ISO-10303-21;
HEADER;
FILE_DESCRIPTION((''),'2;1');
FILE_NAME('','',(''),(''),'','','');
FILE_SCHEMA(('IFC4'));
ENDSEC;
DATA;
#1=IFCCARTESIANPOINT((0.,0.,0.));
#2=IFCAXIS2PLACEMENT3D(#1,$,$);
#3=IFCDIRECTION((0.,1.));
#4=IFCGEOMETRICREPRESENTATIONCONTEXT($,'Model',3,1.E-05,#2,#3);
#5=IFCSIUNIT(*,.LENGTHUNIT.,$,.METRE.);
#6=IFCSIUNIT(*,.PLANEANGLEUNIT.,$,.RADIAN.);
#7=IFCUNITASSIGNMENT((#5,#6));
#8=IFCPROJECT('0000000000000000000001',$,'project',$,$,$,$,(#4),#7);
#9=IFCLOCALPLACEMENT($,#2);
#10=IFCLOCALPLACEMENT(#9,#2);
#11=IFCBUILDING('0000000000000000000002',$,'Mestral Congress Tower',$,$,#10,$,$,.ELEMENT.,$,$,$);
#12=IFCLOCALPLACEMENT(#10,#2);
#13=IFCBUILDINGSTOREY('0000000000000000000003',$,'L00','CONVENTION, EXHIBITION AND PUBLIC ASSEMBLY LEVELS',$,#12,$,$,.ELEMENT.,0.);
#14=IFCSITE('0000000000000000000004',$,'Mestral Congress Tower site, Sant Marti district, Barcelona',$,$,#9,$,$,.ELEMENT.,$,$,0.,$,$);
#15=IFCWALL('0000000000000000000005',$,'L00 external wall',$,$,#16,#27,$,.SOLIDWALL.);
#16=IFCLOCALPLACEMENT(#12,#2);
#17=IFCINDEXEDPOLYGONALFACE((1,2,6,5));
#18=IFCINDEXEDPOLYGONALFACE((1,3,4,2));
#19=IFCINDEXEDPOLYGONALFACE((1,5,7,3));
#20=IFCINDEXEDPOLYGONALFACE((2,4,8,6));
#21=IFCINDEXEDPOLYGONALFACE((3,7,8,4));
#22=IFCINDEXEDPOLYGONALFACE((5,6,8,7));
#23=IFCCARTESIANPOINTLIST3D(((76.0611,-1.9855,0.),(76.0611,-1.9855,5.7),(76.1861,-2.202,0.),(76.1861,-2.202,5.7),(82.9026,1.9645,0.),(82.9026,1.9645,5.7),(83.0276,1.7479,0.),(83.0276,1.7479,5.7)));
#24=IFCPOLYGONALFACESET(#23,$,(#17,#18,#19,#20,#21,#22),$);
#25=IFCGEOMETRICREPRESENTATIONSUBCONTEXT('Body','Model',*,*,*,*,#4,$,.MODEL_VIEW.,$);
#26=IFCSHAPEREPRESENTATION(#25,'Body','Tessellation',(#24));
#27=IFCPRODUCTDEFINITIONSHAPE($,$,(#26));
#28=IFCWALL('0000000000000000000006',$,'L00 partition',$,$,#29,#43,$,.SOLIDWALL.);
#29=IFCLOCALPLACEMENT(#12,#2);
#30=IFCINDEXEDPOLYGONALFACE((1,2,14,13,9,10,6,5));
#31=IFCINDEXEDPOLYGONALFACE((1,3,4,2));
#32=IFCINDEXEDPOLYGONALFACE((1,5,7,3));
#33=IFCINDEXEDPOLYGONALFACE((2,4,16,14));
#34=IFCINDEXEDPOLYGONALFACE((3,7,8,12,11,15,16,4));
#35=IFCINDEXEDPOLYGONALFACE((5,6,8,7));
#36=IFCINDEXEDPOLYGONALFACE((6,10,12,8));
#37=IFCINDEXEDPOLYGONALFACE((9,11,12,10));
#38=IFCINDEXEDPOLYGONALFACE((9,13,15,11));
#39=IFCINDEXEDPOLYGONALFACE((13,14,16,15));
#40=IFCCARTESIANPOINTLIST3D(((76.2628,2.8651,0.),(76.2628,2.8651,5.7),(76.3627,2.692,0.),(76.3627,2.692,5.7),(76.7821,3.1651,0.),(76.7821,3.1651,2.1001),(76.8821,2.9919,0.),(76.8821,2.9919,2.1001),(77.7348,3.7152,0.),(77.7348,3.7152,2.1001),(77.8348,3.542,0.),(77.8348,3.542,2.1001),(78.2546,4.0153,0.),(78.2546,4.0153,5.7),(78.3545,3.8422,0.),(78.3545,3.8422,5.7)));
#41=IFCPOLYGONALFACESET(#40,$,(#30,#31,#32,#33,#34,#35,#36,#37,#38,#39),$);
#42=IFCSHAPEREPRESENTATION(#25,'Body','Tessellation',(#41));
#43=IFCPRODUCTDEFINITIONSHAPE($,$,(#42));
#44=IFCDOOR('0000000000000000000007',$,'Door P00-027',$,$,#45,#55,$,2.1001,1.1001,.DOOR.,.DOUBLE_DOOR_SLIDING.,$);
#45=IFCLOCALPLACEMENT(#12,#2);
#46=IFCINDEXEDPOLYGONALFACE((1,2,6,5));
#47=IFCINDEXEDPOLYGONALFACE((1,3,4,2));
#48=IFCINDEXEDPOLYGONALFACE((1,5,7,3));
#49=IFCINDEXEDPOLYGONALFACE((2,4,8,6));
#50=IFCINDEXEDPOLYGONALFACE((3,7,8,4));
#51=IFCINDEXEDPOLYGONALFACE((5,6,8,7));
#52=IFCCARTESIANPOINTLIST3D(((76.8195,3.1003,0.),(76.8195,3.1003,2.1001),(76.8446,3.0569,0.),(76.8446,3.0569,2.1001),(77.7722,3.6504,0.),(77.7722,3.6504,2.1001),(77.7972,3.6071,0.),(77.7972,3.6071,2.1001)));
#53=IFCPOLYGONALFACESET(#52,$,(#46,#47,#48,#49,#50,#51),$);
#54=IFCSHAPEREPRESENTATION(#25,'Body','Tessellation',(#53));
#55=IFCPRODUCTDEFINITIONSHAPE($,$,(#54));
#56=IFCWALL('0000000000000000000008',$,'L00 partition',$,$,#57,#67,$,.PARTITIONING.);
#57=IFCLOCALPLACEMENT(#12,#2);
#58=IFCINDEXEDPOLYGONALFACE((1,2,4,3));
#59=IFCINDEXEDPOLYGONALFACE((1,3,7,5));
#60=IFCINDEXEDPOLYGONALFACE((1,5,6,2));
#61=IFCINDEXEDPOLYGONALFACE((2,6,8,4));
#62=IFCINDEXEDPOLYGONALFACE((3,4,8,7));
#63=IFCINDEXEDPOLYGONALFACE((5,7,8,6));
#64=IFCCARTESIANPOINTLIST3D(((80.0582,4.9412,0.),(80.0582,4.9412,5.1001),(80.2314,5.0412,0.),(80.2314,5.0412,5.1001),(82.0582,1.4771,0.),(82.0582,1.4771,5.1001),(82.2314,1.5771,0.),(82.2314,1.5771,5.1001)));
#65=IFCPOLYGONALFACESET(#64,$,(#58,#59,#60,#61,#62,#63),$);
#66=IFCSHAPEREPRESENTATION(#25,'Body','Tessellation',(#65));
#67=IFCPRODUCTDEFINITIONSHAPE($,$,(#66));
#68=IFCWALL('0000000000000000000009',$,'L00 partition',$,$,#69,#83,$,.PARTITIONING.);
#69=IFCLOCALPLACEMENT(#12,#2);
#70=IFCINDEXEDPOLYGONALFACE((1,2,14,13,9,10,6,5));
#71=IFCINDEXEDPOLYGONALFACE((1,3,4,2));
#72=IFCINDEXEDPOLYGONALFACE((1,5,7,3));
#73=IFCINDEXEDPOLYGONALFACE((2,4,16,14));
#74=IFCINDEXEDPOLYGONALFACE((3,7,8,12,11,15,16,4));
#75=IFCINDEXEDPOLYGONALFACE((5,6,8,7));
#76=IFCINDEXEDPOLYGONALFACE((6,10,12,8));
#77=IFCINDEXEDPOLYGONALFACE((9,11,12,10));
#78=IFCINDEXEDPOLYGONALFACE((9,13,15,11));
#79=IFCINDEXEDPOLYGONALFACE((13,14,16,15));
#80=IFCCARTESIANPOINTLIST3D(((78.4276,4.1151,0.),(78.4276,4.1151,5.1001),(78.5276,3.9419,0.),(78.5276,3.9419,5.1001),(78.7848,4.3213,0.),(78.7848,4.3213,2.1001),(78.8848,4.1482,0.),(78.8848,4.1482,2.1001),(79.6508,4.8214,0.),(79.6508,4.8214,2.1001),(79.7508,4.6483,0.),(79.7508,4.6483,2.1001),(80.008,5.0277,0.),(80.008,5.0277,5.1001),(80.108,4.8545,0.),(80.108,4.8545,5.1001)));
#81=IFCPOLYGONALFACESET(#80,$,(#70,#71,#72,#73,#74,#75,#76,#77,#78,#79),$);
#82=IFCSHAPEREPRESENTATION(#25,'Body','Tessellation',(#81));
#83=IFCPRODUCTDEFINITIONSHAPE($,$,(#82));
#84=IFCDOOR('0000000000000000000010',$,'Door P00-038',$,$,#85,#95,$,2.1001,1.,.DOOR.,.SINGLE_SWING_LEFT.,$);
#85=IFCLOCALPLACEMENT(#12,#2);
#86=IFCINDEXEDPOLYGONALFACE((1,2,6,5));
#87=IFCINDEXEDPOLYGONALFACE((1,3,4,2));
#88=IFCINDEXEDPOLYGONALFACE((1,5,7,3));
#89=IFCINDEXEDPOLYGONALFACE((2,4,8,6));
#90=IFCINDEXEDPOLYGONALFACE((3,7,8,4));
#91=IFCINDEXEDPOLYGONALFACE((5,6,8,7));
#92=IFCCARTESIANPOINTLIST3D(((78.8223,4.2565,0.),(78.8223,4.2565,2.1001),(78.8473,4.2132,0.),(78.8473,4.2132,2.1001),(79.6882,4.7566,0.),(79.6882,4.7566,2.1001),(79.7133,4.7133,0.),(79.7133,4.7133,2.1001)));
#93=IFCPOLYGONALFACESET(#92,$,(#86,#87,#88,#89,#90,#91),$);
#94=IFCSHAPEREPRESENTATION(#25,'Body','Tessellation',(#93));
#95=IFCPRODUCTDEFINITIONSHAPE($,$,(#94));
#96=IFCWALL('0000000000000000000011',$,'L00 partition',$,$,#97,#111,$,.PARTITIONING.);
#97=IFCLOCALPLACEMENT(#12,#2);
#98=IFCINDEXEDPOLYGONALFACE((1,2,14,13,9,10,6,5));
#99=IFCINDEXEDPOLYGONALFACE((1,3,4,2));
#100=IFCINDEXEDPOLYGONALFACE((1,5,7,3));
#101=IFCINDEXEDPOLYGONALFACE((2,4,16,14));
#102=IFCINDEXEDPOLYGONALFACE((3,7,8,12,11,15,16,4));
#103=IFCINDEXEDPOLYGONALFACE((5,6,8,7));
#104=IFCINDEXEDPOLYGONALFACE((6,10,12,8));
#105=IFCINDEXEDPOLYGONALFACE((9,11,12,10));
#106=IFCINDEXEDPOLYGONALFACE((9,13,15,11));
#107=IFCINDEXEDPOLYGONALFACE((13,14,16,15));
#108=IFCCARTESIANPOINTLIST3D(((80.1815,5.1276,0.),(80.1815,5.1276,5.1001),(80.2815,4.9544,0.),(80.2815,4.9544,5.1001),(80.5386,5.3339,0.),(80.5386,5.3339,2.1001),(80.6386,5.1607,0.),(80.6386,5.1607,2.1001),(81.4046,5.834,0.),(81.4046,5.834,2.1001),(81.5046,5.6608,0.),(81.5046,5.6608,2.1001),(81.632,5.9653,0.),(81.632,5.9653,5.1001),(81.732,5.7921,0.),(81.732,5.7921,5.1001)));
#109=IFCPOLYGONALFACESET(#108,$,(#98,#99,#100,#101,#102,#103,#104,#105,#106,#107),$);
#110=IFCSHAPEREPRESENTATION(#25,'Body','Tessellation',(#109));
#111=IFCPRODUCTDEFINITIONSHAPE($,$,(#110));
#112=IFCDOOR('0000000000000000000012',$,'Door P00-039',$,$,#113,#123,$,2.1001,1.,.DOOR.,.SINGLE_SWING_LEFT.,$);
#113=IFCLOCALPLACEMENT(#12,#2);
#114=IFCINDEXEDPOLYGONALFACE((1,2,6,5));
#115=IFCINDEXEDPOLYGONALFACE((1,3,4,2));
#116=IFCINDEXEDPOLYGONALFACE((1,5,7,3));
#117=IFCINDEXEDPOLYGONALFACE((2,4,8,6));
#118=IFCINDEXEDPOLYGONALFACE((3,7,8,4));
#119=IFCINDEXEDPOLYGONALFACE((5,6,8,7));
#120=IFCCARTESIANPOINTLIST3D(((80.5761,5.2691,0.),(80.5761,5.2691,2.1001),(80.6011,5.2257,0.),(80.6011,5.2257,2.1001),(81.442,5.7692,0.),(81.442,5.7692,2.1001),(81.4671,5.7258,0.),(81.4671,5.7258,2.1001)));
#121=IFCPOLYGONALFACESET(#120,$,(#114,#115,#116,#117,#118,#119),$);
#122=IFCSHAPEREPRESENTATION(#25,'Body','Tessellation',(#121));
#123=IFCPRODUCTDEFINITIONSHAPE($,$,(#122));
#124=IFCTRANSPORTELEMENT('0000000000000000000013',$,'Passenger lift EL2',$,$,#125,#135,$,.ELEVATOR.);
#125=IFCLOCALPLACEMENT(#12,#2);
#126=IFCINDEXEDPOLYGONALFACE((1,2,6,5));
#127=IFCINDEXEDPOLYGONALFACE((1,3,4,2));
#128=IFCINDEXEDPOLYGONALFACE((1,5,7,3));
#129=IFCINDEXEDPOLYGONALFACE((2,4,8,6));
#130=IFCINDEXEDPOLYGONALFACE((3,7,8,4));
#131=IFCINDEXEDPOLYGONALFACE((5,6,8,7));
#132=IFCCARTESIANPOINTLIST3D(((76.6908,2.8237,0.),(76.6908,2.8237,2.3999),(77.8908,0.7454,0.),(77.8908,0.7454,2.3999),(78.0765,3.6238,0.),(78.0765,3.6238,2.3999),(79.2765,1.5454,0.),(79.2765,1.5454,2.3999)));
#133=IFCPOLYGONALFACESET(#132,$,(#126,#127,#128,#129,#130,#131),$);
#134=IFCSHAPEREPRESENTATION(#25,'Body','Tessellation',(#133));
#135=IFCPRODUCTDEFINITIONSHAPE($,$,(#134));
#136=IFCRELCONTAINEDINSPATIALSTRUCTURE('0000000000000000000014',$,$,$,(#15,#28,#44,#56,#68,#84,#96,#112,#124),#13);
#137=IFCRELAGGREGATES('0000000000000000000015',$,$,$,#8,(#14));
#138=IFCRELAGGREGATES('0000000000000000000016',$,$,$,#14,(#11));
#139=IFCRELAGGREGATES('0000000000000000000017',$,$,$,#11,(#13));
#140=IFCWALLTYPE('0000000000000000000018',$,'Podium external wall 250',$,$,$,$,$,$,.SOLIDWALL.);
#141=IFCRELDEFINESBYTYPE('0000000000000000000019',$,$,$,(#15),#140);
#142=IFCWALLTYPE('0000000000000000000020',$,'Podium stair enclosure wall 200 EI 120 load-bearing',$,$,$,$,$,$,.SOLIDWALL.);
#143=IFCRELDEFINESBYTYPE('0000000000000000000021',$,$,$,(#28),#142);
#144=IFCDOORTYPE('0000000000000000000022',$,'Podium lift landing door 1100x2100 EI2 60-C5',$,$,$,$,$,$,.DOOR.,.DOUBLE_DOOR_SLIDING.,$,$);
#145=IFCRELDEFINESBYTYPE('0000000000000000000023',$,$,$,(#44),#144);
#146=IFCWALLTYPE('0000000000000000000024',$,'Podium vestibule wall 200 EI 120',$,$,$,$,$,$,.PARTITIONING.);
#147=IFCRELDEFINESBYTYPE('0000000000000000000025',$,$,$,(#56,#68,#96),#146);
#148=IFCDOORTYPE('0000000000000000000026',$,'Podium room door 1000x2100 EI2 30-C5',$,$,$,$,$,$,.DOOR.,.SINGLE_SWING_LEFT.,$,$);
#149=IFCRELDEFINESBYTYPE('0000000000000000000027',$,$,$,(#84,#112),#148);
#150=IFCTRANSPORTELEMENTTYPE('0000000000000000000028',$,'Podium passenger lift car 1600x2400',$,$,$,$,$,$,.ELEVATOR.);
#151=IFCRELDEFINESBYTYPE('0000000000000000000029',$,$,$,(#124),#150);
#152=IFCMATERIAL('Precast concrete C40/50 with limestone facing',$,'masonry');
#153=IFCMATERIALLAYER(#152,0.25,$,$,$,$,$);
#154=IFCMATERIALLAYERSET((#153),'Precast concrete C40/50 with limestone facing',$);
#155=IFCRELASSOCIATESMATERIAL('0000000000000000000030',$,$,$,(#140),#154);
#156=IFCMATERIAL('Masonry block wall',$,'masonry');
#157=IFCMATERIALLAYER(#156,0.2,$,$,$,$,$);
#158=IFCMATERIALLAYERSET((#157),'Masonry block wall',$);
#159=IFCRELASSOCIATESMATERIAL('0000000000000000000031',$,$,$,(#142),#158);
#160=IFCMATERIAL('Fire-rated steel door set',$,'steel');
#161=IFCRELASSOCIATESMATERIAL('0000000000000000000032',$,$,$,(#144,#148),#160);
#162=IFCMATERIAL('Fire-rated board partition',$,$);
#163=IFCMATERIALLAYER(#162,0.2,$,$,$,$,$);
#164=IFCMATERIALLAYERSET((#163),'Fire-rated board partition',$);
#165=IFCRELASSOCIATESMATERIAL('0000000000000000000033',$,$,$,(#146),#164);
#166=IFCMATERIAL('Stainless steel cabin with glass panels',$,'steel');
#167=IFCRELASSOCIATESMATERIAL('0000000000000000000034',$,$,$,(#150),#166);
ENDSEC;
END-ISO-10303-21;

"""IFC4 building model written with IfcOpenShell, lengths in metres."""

from ifc_helpers import new_model, si_unit, direction, frame, frame_2d, origin, origin_2d, place, context, subcontext, project, spatial, rectangle, extrude, material, layer, layer_set, type_object, element, fill, save


model = new_model("IFC4")

# Units and contexts
model_context = context("Model", 3, precision=1e-05, world=origin(), true_north=direction((0.0, 1.0)))
body_context = subcontext(model_context, "Body", "Model", "MODEL_VIEW")
ifc_project = project(units=[si_unit("LENGTHUNIT", "METRE"), si_unit("PLANEANGLEUNIT", "RADIAN")], contexts=[model_context])

# Site, building, storey
site_placement = place(None, origin())
site = spatial("IfcSite", under=ifc_project, at=site_placement, Name="Mestral Congress Tower site, Sant Marti district, Barcelona", CompositionType="ELEMENT", RefElevation=0.0)
building_placement = place(site_placement, origin())
building = spatial("IfcBuilding", under=site, at=building_placement, Name="Mestral Congress Tower", CompositionType="ELEMENT")
storey_placement = place(building_placement, origin())
storey = spatial("IfcBuildingStorey", under=building, at=storey_placement, Name="L00", Description="CONVENTION, EXHIBITION AND PUBLIC ASSEMBLY LEVELS", CompositionType="ELEMENT", Elevation=0.0)

# Shared definitions
ifc_material_1 = material(Name="Precast concrete C40/50 with limestone facing", Category="masonry")
ifc_layer_1 = layer(ifc_material_1, 0.25)
ifc_layer_set_1 = layer_set([ifc_layer_1], Name="Precast concrete C40/50 with limestone facing")
wall_type_1 = type_object("IfcWallType", Name="Podium external wall 250", PredefinedType="SOLIDWALL", material=ifc_layer_set_1)

# Shared definitions
ifc_material_2 = material(Name="Fire-rated steel door set", Category="steel")

# Wall
wall_1_placement = place(storey_placement, frame((82.9651, 1.8562, 0.0), z_axis=(0.0, 0.0, 1.0), x_axis=(-0.866027, -0.499998, 0.0)))
element("IfcWall", 1, at=wall_1_placement, inside=storey, type_object=wall_type_1, Name="L00 external wall", PredefinedType="SOLIDWALL", context=body_context, shape_type="SweptSolid", body=[
    extrude(rectangle(XDim=7.8999, YDim=0.25, at=frame_2d((3.95, 0.0))), origin(), (0.0, 0.0, 1.0), 5.7),
])

# Wall, opening, door
ifc_material_3 = material(Name="Masonry block wall", Category="masonry")
ifc_layer_2 = layer(ifc_material_3, 0.2)
ifc_layer_set_2 = layer_set([ifc_layer_2], Name="Masonry block wall")
wall_type_2 = type_object("IfcWallType", Name="Podium stair enclosure wall 200 EI 120 load-bearing", PredefinedType="SOLIDWALL", material=ifc_layer_set_2)
wall_2_placement = place(storey_placement, frame((78.3044, 3.9287, 0.0), z_axis=(0.0, 0.0, 1.0), x_axis=(-0.865981, -0.500078, 0.0)))
wall_2 = element("IfcWall", 2, at=wall_2_placement, inside=storey, type_object=wall_type_2, Name="L00 partition", PredefinedType="SOLIDWALL", context=body_context, shape_type="SweptSolid", body=[
    extrude(rectangle(XDim=2.3, YDim=0.2, at=frame_2d((1.1499, 0.0))), origin(), (0.0, 0.0, 1.0), 5.7),
])
opening_1_placement = place(wall_2_placement, frame((0.6001, 0.0, 0.0)))
opening_1 = element("IfcOpeningElement", 3, at=opening_1_placement, cuts=wall_2, PredefinedType="OPENING", context=body_context, shape_type="SweptSolid", body=[
    extrude(rectangle(XDim=1.1001, YDim=2.1001, at=frame_2d((0.55, 1.05))), frame((0.0, 0.1099, 0.0), z_axis=(0.0, -1.0, 0.0), x_axis=(1.0, 0.0, 0.0)), (0.0, 0.0, 1.0), 0.22),
])
door_type_1 = type_object("IfcDoorType", Name="Podium lift landing door 1100x2100 EI2 60-C5", OperationType="DOUBLE_DOOR_SLIDING", PredefinedType="DOOR", material=ifc_material_2)
door_1_placement = place(opening_1_placement, origin())
door_1 = element("IfcDoor", 4, at=door_1_placement, inside=storey, type_object=door_type_1, Name="Door P00-027", OperationType="DOUBLE_DOOR_SLIDING", OverallHeight=2.1001, OverallWidth=1.1001, PredefinedType="DOOR", context=body_context, shape_type="SweptSolid", body=[
    extrude(rectangle(XDim=1.1001, YDim=2.1001, at=frame_2d((0.55, 1.05))), frame((0.0, 0.0249, 0.0), z_axis=(0.0, -1.0, 0.0), x_axis=(1.0, 0.0, 0.0)), (0.0, 0.0, 1.0), 0.05),
])
fill(opening_1, door_1)

# Wall
ifc_material_4 = material(Name="Fire-rated board partition")
ifc_layer_3 = layer(ifc_material_4, 0.2)
ifc_layer_set_3 = layer_set([ifc_layer_3], Name="Fire-rated board partition")
wall_type_3 = type_object("IfcWallType", Name="Podium vestibule wall 200 EI 120", PredefinedType="PARTITIONING", material=ifc_layer_set_3)
wall_3_placement = place(storey_placement, frame((82.1448, 1.5271, 0.0), z_axis=(0.0, 0.0, 1.0), x_axis=(-0.499999, 0.866026, 0.0)))
element("IfcWall", 5, at=wall_3_placement, inside=storey, type_object=wall_type_3, Name="L00 partition", PredefinedType="PARTITIONING", context=body_context, shape_type="SweptSolid", body=[
    extrude(rectangle(XDim=4.0, YDim=0.2, at=frame_2d((2.0, 0.0))), origin(), (0.0, 0.0, 1.0), 5.1001),
])

# Walls, openings, doors
wall_4_placement = place(storey_placement, frame((80.0581, 4.9412, 0.0), z_axis=(0.0, 0.0, 1.0), x_axis=(-0.865978, -0.500081, 0.0)))
wall_4 = element("IfcWall", 6, at=wall_4_placement, inside=storey, type_object=wall_type_3, Name="L00 partition", PredefinedType="PARTITIONING", context=body_context, shape_type="SweptSolid", body=[
    extrude(rectangle(XDim=1.825, YDim=0.2, at=frame_2d((0.9126, 0.0))), origin(), (0.0, 0.0, 1.0), 5.1001),
])
opening_2_placement = place(wall_4_placement, frame((0.4126, 0.0, 0.0)))
opening_2 = element("IfcOpeningElement", 7, at=opening_2_placement, cuts=wall_4, PredefinedType="OPENING", context=body_context, shape_type="SweptSolid", body=[
    extrude(rectangle(XDim=1.0, YDim=2.1001, at=frame_2d((0.5, 1.05))), frame((0.0, 0.1099, 0.0), z_axis=(0.0, -1.0, 0.0), x_axis=(1.0, 0.0, 0.0)), (0.0, 0.0, 1.0), 0.22),
])
door_type_2 = type_object("IfcDoorType", Name="Podium room door 1000x2100 EI2 30-C5", OperationType="SINGLE_SWING_LEFT", PredefinedType="DOOR", material=ifc_material_2)
door_2_placement = place(opening_2_placement, origin())
door_2 = element("IfcDoor", 8, at=door_2_placement, inside=storey, type_object=door_type_2, Name="Door P00-038", OperationType="SINGLE_SWING_LEFT", OverallHeight=2.1001, OverallWidth=1.0, PredefinedType="DOOR", context=body_context, shape_type="SweptSolid", body=[
    extrude(rectangle(XDim=1.0, YDim=2.1001, at=frame_2d((0.5, 1.05))), frame((0.0, 0.0249, 0.0), z_axis=(0.0, -1.0, 0.0), x_axis=(1.0, 0.0, 0.0)), (0.0, 0.0, 1.0), 0.05),
])
fill(opening_2, door_2)
wall_5_placement = place(storey_placement, frame((81.6819, 5.8787, 0.0), z_axis=(0.0, 0.0, 1.0), x_axis=(-0.865965, -0.500105, 0.0)))
wall_5 = element("IfcWall", 9, at=wall_5_placement, inside=storey, type_object=wall_type_3, Name="L00 partition", PredefinedType="PARTITIONING", context=body_context, shape_type="SweptSolid", body=[
    extrude(rectangle(XDim=1.675, YDim=0.2, at=frame_2d((0.8374, 0.0))), origin(), (0.0, 0.0, 1.0), 5.1001),
])
opening_3_placement = place(wall_5_placement, frame((0.2625, 0.0, 0.0)))
opening_3 = element("IfcOpeningElement", 10, at=opening_3_placement, cuts=wall_5, PredefinedType="OPENING", context=body_context, shape_type="SweptSolid", body=[
    extrude(rectangle(XDim=1.0, YDim=2.1001, at=frame_2d((0.5, 1.05))), frame((0.0, 0.1099, 0.0), z_axis=(0.0, -1.0, 0.0), x_axis=(1.0, 0.0, 0.0)), (0.0, 0.0, 1.0), 0.22),
])
door_3_placement = place(opening_3_placement, origin())
door_3 = element("IfcDoor", 11, at=door_3_placement, inside=storey, type_object=door_type_2, Name="Door P00-039", OperationType="SINGLE_SWING_LEFT", OverallHeight=2.1001, OverallWidth=1.0, PredefinedType="DOOR", context=body_context, shape_type="SweptSolid", body=[
    extrude(rectangle(XDim=1.0, YDim=2.1001, at=frame_2d((0.5, 1.05))), frame((0.0, 0.0249, 0.0), z_axis=(0.0, -1.0, 0.0), x_axis=(1.0, 0.0, 0.0)), (0.0, 0.0, 1.0), 0.05),
])
fill(opening_3, door_3)

# Transport element
ifc_material_5 = material(Name="Stainless steel cabin with glass panels", Category="steel")
transport_element_type = type_object("IfcTransportElementType", Name="Podium passenger lift car 1600x2400", PredefinedType="ELEVATOR", material=ifc_material_5)
transport_element_placement = place(storey_placement, frame((77.9836, 2.1846, 0.0), z_axis=(0.0, 0.0, 1.0), x_axis=(-0.5, 0.866025, 0.0)))
element("IfcTransportElement", 12, at=transport_element_placement, inside=storey, type_object=transport_element_type, Name="Passenger lift EL2", PredefinedType="ELEVATOR", context=body_context, shape_type="SweptSolid", body=[
    extrude(rectangle(XDim=2.3999, YDim=1.6001, at=origin_2d()), origin(), (0.0, 0.0, 1.0), 2.3999),
])

save(model, "model.ifc")
